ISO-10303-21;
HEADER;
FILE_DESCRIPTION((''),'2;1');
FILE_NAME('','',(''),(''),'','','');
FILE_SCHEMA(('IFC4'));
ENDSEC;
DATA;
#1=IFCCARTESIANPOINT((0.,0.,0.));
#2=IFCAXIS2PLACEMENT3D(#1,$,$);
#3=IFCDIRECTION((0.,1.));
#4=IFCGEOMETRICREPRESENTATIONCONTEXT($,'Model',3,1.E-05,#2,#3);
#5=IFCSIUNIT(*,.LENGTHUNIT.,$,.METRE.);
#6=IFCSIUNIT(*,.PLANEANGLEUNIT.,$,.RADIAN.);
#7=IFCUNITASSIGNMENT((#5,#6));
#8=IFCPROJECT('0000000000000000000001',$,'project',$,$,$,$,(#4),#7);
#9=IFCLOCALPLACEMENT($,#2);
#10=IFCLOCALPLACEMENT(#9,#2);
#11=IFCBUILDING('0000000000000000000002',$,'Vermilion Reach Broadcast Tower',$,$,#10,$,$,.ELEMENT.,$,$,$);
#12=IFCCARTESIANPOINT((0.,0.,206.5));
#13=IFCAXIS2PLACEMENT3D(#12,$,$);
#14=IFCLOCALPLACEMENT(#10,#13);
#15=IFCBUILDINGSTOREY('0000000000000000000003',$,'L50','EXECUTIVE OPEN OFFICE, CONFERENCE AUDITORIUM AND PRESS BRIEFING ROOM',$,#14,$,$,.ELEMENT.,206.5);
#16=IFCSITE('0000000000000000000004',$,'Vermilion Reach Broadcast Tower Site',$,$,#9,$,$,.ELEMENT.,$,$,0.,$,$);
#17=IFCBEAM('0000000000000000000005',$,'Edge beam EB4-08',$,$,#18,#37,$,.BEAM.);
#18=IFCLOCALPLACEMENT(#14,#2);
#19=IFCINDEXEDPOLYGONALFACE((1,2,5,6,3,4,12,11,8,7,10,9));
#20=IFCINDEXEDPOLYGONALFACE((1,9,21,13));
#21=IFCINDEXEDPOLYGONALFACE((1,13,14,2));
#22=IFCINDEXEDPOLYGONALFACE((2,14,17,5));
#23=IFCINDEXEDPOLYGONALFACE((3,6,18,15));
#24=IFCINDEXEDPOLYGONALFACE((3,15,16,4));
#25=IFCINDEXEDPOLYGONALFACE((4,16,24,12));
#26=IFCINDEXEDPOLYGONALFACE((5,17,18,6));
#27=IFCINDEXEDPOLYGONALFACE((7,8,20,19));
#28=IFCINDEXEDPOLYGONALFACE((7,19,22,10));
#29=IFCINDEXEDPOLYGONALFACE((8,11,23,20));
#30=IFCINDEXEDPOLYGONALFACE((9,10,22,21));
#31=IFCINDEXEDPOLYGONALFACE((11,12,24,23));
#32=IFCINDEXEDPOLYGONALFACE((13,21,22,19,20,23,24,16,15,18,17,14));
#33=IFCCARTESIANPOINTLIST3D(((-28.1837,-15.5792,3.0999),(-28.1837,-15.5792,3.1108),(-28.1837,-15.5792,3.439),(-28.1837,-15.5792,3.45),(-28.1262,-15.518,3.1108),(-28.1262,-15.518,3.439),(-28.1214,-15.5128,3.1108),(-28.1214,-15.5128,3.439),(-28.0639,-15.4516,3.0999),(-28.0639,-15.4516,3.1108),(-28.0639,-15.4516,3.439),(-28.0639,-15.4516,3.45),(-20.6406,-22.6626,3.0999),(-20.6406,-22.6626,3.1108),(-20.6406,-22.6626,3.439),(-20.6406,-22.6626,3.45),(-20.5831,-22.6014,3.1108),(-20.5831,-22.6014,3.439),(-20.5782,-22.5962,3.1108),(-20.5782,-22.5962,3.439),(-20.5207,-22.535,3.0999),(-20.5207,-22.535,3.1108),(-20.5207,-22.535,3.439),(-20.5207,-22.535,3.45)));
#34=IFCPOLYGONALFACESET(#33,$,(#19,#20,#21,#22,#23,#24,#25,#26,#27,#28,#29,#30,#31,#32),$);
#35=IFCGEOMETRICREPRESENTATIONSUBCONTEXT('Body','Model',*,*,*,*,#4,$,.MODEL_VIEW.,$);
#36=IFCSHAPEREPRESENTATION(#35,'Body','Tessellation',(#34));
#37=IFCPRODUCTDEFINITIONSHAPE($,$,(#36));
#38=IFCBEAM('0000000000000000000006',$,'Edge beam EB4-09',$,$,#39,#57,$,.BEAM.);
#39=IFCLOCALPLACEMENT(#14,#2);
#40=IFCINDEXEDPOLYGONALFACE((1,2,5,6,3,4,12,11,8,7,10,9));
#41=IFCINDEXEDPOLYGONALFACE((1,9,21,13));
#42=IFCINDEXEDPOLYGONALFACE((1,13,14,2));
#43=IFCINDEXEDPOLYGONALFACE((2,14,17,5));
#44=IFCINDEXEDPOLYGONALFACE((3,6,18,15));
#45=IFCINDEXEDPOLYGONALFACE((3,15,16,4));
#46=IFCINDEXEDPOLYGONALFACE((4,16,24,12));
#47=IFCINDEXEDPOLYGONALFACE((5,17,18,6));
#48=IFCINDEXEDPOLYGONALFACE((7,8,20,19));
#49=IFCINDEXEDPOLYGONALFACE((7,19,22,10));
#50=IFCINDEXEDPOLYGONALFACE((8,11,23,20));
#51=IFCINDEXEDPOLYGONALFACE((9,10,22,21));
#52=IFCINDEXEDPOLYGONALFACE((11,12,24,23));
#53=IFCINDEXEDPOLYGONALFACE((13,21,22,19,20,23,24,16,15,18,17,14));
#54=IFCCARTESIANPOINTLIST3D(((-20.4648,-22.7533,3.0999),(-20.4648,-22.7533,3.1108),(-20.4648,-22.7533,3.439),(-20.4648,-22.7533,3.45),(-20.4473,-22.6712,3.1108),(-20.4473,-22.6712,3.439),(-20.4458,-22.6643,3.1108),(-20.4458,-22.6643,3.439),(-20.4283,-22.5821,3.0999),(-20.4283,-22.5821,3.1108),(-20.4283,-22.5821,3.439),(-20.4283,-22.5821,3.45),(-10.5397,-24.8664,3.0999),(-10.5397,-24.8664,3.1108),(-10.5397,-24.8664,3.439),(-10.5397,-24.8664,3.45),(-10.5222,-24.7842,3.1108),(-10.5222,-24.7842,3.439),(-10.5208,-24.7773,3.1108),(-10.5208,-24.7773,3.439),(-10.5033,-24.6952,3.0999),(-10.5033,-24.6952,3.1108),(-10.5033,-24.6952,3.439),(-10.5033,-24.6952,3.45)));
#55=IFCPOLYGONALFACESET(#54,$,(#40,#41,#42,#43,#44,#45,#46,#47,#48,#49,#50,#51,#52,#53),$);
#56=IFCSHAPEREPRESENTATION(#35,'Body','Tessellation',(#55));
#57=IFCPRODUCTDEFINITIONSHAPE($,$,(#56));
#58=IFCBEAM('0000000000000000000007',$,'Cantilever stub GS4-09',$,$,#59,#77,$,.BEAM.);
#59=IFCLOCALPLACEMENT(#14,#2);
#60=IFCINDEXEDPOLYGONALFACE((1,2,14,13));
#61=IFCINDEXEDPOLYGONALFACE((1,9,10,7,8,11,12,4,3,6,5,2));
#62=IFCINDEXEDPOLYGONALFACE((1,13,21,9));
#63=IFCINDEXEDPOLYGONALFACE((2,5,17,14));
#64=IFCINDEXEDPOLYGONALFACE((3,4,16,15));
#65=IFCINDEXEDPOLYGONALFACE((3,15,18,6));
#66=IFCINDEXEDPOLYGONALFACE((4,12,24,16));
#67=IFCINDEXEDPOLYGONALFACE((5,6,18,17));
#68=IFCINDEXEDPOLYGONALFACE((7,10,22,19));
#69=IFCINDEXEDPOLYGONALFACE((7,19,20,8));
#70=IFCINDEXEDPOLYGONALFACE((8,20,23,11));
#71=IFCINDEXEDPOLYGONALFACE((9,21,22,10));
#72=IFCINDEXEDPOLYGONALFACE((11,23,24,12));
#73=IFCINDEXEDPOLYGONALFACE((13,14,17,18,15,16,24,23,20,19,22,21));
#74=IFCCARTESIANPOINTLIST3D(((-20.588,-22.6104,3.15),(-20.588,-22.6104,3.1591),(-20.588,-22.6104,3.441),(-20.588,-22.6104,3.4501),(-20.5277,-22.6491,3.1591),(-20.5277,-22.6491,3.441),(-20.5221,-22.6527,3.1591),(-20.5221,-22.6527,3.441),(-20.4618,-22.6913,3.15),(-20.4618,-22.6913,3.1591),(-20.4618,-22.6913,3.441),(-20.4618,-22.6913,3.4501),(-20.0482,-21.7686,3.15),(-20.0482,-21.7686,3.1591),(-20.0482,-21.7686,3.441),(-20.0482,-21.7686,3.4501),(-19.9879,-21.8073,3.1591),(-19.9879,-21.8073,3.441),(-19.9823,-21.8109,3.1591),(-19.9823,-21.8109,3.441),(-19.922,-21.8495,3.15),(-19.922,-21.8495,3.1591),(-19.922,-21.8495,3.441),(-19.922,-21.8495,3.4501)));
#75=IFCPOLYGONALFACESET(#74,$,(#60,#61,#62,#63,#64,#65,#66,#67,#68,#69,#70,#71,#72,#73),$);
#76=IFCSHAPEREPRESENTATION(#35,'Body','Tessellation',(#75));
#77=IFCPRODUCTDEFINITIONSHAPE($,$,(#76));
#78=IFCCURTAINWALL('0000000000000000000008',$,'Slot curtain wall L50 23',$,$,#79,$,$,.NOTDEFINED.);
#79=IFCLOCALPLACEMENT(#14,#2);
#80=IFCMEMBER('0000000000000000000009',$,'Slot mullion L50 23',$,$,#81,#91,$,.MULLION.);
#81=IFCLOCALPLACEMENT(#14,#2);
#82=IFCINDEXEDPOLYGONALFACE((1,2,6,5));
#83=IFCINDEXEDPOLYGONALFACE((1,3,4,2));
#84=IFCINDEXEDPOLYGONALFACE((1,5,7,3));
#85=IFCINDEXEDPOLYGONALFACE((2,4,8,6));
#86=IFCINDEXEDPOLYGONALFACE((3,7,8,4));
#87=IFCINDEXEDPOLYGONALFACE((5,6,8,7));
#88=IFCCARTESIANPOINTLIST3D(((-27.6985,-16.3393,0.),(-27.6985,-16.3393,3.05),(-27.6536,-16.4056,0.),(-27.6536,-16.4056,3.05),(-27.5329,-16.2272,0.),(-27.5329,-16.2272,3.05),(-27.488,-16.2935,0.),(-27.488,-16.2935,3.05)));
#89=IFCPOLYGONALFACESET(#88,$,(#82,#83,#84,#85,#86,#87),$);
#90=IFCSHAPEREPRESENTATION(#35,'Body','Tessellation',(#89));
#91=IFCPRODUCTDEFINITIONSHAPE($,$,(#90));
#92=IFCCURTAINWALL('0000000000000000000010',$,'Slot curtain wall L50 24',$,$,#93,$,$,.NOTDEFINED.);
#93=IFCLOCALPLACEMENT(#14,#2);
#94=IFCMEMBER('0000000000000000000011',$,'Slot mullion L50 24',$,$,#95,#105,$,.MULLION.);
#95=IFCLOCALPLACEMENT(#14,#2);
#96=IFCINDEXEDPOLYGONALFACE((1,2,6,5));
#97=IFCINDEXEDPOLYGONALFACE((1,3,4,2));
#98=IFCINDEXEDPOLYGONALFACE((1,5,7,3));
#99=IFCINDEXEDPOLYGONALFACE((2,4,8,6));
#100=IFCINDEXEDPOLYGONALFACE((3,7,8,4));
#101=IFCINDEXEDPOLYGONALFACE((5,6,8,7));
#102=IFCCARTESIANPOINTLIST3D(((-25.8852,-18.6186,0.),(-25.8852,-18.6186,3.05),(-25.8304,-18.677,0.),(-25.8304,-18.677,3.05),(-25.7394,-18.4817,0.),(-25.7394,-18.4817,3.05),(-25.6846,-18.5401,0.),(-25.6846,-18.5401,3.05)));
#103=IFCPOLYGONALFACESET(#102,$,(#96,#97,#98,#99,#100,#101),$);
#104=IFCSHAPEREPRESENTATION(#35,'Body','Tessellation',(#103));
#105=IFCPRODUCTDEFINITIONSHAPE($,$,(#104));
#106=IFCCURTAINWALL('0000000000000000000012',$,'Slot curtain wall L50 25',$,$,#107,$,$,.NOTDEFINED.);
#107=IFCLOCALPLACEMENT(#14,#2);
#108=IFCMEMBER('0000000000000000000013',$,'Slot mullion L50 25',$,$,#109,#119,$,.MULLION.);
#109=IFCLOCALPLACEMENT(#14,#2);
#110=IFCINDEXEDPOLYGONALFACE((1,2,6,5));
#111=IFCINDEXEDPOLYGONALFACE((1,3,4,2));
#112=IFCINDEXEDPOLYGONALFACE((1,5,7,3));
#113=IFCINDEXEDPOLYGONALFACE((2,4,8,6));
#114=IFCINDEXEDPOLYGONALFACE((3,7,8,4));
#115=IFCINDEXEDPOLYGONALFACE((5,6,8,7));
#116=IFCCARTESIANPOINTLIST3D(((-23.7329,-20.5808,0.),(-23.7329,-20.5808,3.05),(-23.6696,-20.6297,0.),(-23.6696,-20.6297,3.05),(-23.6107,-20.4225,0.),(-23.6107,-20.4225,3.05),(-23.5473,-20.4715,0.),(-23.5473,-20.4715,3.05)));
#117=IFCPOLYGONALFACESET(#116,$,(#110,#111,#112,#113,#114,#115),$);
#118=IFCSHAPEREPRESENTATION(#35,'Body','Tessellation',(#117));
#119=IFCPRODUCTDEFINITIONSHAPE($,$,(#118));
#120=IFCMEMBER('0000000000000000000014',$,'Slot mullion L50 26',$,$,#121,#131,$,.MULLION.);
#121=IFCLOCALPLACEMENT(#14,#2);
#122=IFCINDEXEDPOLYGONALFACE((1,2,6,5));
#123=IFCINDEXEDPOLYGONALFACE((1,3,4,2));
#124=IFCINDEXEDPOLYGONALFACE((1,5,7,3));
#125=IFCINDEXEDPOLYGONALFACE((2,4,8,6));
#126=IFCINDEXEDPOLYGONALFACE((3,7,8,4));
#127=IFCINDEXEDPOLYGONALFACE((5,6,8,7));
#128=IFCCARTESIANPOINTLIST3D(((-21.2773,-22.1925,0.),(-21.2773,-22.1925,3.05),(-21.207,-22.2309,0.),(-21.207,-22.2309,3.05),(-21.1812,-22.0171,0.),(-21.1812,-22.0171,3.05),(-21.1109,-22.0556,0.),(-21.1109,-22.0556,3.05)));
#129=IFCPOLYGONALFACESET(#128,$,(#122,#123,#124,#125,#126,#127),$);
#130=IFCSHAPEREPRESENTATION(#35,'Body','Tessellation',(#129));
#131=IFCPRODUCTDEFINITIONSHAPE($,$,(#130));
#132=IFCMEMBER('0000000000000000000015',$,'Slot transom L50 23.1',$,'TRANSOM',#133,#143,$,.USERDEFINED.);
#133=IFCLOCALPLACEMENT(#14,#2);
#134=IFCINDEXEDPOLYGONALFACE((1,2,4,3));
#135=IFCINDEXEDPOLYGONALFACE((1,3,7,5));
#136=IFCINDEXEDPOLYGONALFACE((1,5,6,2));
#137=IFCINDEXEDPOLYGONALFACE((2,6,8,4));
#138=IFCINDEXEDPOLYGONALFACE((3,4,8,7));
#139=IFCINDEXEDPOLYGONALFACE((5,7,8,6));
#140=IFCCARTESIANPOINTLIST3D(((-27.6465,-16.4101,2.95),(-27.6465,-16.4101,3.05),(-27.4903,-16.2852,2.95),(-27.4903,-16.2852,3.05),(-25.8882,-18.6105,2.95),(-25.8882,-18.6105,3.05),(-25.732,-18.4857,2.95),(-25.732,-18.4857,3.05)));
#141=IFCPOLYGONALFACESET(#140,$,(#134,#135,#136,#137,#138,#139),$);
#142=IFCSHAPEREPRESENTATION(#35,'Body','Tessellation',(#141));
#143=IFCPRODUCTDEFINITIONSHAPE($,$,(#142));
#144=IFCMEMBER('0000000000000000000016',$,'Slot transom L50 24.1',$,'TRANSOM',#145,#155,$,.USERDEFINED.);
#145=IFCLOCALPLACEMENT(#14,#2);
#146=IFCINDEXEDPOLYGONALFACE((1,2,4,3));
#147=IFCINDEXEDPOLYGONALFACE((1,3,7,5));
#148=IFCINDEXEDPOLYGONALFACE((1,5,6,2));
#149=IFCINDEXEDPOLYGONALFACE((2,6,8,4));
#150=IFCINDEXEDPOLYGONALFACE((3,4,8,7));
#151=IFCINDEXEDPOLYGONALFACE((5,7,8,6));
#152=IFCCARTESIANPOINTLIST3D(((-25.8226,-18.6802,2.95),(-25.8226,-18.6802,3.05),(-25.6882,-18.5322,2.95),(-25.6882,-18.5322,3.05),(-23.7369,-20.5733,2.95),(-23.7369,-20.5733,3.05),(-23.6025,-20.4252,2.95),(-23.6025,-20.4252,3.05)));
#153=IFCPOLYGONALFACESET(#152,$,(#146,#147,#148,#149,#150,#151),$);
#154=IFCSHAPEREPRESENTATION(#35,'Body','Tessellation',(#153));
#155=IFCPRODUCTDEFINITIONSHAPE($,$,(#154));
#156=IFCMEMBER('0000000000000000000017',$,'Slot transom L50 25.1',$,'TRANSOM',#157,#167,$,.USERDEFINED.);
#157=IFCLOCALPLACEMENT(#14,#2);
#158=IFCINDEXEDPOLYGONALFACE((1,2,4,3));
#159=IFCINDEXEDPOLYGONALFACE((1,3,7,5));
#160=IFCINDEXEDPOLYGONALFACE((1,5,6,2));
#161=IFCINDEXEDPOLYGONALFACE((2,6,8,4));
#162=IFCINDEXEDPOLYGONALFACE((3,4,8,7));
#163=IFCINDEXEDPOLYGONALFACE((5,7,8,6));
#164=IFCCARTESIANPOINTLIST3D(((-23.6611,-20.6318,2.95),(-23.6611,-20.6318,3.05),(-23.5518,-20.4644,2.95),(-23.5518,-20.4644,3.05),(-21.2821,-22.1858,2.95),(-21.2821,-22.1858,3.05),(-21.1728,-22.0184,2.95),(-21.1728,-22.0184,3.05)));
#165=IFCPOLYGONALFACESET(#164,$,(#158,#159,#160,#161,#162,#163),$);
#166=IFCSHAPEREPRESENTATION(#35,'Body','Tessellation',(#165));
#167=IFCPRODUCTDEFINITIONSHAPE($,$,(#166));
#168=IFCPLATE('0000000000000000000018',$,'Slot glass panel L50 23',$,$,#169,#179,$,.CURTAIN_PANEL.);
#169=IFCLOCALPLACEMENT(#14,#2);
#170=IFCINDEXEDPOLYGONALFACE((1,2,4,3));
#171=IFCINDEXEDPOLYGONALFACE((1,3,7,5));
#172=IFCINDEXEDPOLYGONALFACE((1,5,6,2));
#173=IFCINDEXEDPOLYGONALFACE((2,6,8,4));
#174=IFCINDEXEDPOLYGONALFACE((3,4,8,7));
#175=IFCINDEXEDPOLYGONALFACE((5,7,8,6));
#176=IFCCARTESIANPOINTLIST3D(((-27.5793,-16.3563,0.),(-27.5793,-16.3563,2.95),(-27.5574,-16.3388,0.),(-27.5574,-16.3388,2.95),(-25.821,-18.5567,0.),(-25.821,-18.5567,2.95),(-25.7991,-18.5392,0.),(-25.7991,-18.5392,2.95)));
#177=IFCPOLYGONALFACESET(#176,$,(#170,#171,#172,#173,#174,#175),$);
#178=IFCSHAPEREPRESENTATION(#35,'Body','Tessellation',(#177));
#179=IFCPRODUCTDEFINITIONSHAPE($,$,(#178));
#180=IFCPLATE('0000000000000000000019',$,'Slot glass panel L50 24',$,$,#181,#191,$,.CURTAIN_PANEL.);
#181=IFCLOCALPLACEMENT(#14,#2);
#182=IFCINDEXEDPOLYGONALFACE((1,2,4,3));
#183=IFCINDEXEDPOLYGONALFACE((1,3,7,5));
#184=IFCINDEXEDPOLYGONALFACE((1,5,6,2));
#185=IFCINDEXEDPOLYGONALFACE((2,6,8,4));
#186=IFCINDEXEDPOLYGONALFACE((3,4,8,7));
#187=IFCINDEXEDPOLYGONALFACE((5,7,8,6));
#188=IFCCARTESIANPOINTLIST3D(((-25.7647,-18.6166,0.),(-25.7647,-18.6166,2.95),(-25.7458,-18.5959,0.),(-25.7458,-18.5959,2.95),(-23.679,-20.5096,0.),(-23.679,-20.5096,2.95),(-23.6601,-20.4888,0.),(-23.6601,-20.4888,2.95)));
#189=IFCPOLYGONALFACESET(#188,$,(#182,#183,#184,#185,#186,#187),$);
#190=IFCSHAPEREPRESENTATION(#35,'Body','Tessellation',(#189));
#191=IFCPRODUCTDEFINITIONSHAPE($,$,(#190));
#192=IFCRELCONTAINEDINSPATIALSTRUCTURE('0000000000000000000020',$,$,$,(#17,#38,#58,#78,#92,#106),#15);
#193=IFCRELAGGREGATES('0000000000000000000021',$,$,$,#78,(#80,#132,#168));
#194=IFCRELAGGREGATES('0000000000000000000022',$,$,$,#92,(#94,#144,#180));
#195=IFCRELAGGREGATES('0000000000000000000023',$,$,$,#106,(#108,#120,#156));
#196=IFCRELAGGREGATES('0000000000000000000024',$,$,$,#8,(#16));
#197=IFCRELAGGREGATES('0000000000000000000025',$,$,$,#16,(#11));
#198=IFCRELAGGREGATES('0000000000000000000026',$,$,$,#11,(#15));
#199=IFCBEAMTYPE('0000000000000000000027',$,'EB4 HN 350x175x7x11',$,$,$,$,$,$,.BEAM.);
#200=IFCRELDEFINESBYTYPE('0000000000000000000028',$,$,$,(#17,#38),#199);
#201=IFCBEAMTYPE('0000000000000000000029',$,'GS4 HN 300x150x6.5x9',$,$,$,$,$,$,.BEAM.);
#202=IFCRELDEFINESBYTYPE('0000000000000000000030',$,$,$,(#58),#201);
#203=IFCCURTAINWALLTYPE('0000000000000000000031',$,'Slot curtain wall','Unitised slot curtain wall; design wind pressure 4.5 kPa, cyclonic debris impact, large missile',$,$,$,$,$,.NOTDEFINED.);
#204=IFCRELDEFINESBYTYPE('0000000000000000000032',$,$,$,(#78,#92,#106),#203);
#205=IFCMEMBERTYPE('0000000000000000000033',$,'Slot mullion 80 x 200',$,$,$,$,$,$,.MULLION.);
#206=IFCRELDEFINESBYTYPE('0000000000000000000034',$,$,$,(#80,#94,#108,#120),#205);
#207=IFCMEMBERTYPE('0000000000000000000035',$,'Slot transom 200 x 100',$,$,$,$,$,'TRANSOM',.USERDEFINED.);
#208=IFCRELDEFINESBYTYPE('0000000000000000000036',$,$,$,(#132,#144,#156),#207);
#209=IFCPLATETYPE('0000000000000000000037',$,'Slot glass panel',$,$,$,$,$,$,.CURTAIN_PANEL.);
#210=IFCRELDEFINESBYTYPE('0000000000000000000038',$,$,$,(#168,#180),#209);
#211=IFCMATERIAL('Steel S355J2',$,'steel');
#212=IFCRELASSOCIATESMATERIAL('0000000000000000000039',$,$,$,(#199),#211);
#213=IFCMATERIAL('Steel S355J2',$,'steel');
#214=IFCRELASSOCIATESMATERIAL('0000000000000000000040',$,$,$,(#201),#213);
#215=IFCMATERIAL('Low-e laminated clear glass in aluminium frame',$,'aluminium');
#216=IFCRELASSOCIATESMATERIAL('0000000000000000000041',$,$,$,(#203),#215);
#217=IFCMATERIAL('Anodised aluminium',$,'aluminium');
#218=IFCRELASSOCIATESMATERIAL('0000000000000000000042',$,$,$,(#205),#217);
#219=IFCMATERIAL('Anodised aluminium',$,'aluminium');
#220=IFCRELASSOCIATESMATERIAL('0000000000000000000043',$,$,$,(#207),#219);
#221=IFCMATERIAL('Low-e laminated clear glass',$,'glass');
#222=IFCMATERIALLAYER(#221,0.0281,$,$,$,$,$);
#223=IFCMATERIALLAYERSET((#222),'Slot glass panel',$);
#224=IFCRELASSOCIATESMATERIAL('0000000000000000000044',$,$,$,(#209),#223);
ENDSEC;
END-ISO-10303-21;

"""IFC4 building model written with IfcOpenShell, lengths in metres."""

from ifc_helpers import new_model, si_unit, direction, frame, origin, origin_2d, place, context, subcontext, project, spatial, rectangle, i_section, extrude, material, layer, layer_set, material_profile, profile_set, type_object, element, aggregate, save


model = new_model("IFC4")

# Units and contexts
model_context = context("Model", 3, precision=1e-05, world=origin(), true_north=direction((0.0, 1.0)))
body_context = subcontext(model_context, "Body", "Model", "MODEL_VIEW")
ifc_project = project(units=[si_unit("LENGTHUNIT", "METRE"), si_unit("PLANEANGLEUNIT", "RADIAN")], contexts=[model_context])

# Site, building, storey
site_placement = place(None, origin())
site = spatial("IfcSite", under=ifc_project, at=site_placement, Name="Vermilion Reach Broadcast Tower Site", CompositionType="ELEMENT", RefElevation=0.0)
building_placement = place(site_placement, origin())
building = spatial("IfcBuilding", under=site, at=building_placement, Name="Vermilion Reach Broadcast Tower", CompositionType="ELEMENT")
storey_placement = place(building_placement, frame((0.0, 0.0, 206.5)))
storey = spatial("IfcBuildingStorey", under=building, at=storey_placement, Name="L50", Description="EXECUTIVE OPEN OFFICE, CONFERENCE AUDITORIUM AND PRESS BRIEFING ROOM", CompositionType="ELEMENT", Elevation=206.5)

# Beams
ifc_material_1 = material(Name="Steel S355J2", Category="steel")
ifc_material_profile_1 = material_profile(ifc_material_1, i_section(OverallWidth=0.175, OverallDepth=0.3501, WebThickness=0.0071, FlangeThickness=0.011, at=origin_2d()), Name="S355J2 HN 350x175x7x11")
ifc_profile_set_1 = profile_set([ifc_material_profile_1], Name="Steel S355J2")
beam_type_1 = type_object("IfcBeamType", Name="EB4 HN 350x175x7x11", PredefinedType="BEAM", material=ifc_profile_set_1)
beam_1_placement = place(storey_placement, frame((-28.1238, -15.5154, 3.2749), z_axis=(0.728971, -0.684544, 0.0), x_axis=(0.684544, 0.728971, 0.0)))
element("IfcBeam", 1, at=beam_1_placement, inside=storey, type_object=beam_type_1, Name="Edge beam EB4-08", PredefinedType="BEAM", context=body_context, shape_type="SweptSolid", body=[
    extrude(i_section(OverallWidth=0.175, OverallDepth=0.3501, WebThickness=0.0071, FlangeThickness=0.011, at=origin_2d()), origin(), (0.0, 0.0, 1.0), 10.3477),
])
beam_2_placement = place(storey_placement, frame((-20.4465, -22.6677, 3.2749), z_axis=(0.978079, -0.208233, 0.0), x_axis=(0.208233, 0.978079, 0.0)))
element("IfcBeam", 2, at=beam_2_placement, inside=storey, type_object=beam_type_1, Name="Edge beam EB4-09", PredefinedType="BEAM", context=body_context, shape_type="SweptSolid", body=[
    extrude(i_section(OverallWidth=0.175, OverallDepth=0.3501, WebThickness=0.0071, FlangeThickness=0.011, at=origin_2d()), origin(), (0.0, 0.0, 1.0), 10.1475),
])
ifc_material_2 = material(Name="Steel S355J2", Category="steel")
ifc_material_profile_2 = material_profile(ifc_material_2, i_section(OverallWidth=0.1499, OverallDepth=0.3, WebThickness=0.0066, FlangeThickness=0.009, at=origin_2d()), Name="S355J2 HN 300x150x6.5x9")
ifc_profile_set_2 = profile_set([ifc_material_profile_2], Name="Steel S355J2")
beam_type_2 = type_object("IfcBeamType", Name="GS4 HN 300x150x6.5x9", PredefinedType="BEAM", material=ifc_profile_set_2)
beam_3_placement = place(storey_placement, frame((-19.9851, -21.8091, 3.3), z_axis=(-0.539795, -0.841797, 0.0), x_axis=(0.841797, -0.539795, 0.0)))
element("IfcBeam", 3, at=beam_3_placement, inside=storey, type_object=beam_type_2, Name="Cantilever stub GS4-09", PredefinedType="BEAM", context=body_context, shape_type="SweptSolid", body=[
    extrude(i_section(OverallWidth=0.1499, OverallDepth=0.3, WebThickness=0.0066, FlangeThickness=0.009, at=origin_2d()), origin(), (0.0, 0.0, 1.0), 1.0),
])

# Curtain walls, members
ifc_material_3 = material(Name="Low-e laminated clear glass in aluminium frame", Category="aluminium")
curtain_wall_type = type_object("IfcCurtainWallType", Name="Slot curtain wall", Description="Unitised slot curtain wall; design wind pressure 4.5 kPa, cyclonic debris impact, large missile", PredefinedType="NOTDEFINED", material=ifc_material_3)
placement = place(storey_placement, origin())
curtain_wall_1 = element("IfcCurtainWall", 4, at=placement, inside=storey, type_object=curtain_wall_type, Name="Slot curtain wall L50 23", PredefinedType="NOTDEFINED")
ifc_material_4 = material(Name="Anodised aluminium", Category="aluminium")
ifc_material_profile_3 = material_profile(ifc_material_4, rectangle(XDim=0.2, YDim=0.0801, at=origin_2d()), Name="Slot mullion 80 x 200")
ifc_profile_set_3 = profile_set([ifc_material_profile_3], Name="Anodised aluminium")
member_type_1 = type_object("IfcMemberType", Name="Slot mullion 80 x 200", PredefinedType="MULLION", material=ifc_profile_set_3)
member_1_placement = place(storey_placement, frame((-27.5933, -16.3164, 0.0), z_axis=(0.0, 0.0, 1.0), x_axis=(0.828147, 0.560511, 0.0)))
member_1 = element("IfcMember", 5, at=member_1_placement, type_object=member_type_1, Name="Slot mullion L50 23", PredefinedType="MULLION", context=body_context, shape_type="SweptSolid", body=[
    extrude(rectangle(XDim=0.2, YDim=0.0801, at=origin_2d()), origin(), (0.0, 0.0, 1.0), 3.05),
])
curtain_wall_2 = element("IfcCurtainWall", 6, at=placement, inside=storey, type_object=curtain_wall_type, Name="Slot curtain wall L50 24", PredefinedType="NOTDEFINED")
member_2_placement = place(storey_placement, frame((-25.7849, -18.5793, 0.0), z_axis=(0.0, 0.0, 1.0), x_axis=(0.728969, 0.684547, 0.0)))
member_2 = element("IfcMember", 7, at=member_2_placement, type_object=member_type_1, Name="Slot mullion L50 24", PredefinedType="MULLION", context=body_context, shape_type="SweptSolid", body=[
    extrude(rectangle(XDim=0.2, YDim=0.0801, at=origin_2d()), origin(), (0.0, 0.0, 1.0), 3.05),
])

# Curtain wall, members
curtain_wall_3 = element("IfcCurtainWall", 8, at=placement, inside=storey, type_object=curtain_wall_type, Name="Slot curtain wall L50 25", PredefinedType="NOTDEFINED")
member_3_placement = place(storey_placement, frame((-23.6401, -20.5261, 0.0), z_axis=(0.0, 0.0, 1.0), x_axis=(0.611404, 0.791318, 0.0)))
member_3 = element("IfcMember", 9, at=member_3_placement, type_object=member_type_1, Name="Slot mullion L50 25", PredefinedType="MULLION", context=body_context, shape_type="SweptSolid", body=[
    extrude(rectangle(XDim=0.2, YDim=0.0801, at=origin_2d()), origin(), (0.0, 0.0, 1.0), 3.05),
])
member_4_placement = place(storey_placement, frame((-21.1941, -22.124, 0.0), z_axis=(0.0, 0.0, 1.0), x_axis=(0.48063, 0.876924, 0.0)))
member_4 = element("IfcMember", 10, at=member_4_placement, type_object=member_type_1, Name="Slot mullion L50 26", PredefinedType="MULLION", context=body_context, shape_type="SweptSolid", body=[
    extrude(rectangle(XDim=0.2, YDim=0.0801, at=origin_2d()), origin(), (0.0, 0.0, 1.0), 3.05),
])

# Members
ifc_material_5 = material(Name="Anodised aluminium", Category="aluminium")
ifc_material_profile_4 = material_profile(ifc_material_5, rectangle(XDim=0.2, YDim=0.1001, at=origin_2d()), Name="Slot transom 200 x 100")
ifc_profile_set_4 = profile_set([ifc_material_profile_4], Name="Anodised aluminium")
member_type_2 = type_object("IfcMemberType", Name="Slot transom 200 x 100", ElementType="TRANSOM", PredefinedType="USERDEFINED", material=ifc_profile_set_4)
member_5_placement = place(storey_placement, frame((-27.5684, -16.3477, 3.0), z_axis=(0.624251, -0.781224, 0.0), x_axis=(0.781224, 0.624251, 0.0)))
member_5 = element("IfcMember", 11, at=member_5_placement, type_object=member_type_2, Name="Slot transom L50 23.1", ObjectType="TRANSOM", PredefinedType="USERDEFINED", context=body_context, shape_type="SweptSolid", body=[
    extrude(rectangle(XDim=0.2, YDim=0.1001, at=origin_2d()), origin(), (0.0, 0.0, 1.0), 2.8167),
])
member_6_placement = place(storey_placement, frame((-25.7554, -18.6062, 3.0), z_axis=(0.740473, -0.672086, 0.0), x_axis=(0.672086, 0.740473, 0.0)))
member_6 = element("IfcMember", 12, at=member_6_placement, type_object=member_type_2, Name="Slot transom L50 24.1", ObjectType="TRANSOM", PredefinedType="USERDEFINED", context=body_context, shape_type="SweptSolid", body=[
    extrude(rectangle(XDim=0.2, YDim=0.1001, at=origin_2d()), origin(), (0.0, 0.0, 1.0), 2.8167),
])
member_7_placement = place(storey_placement, frame((-23.6064, -20.5481, 3.0), z_axis=(0.837209, -0.546884, 0.0), x_axis=(0.546884, 0.837209, 0.0)))
member_7 = element("IfcMember", 13, at=member_7_placement, type_object=member_type_2, Name="Slot transom L50 25.1", ObjectType="TRANSOM", PredefinedType="USERDEFINED", context=body_context, shape_type="SweptSolid", body=[
    extrude(rectangle(XDim=0.2, YDim=0.1001, at=origin_2d()), origin(), (0.0, 0.0, 1.0), 2.8416),
])

# Plates
ifc_material_6 = material(Name="Low-e laminated clear glass", Category="glass")
ifc_layer_1 = layer(ifc_material_6, 0.0281)
ifc_layer_set_1 = layer_set([ifc_layer_1], Name="Slot glass panel")
plate_type = type_object("IfcPlateType", Name="Slot glass panel", PredefinedType="CURTAIN_PANEL", material=ifc_layer_set_1)
plate_1_placement = place(storey_placement, frame((-26.6892, -17.4478, 0.0), z_axis=(0.0, 0.0, 1.0), x_axis=(0.624245, -0.781229, 0.0)))
plate_1 = element("IfcPlate", 14, at=plate_1_placement, type_object=plate_type, Name="Slot glass panel L50 23", PredefinedType="CURTAIN_PANEL", context=body_context, shape_type="SweptSolid", body=[
    extrude(rectangle(XDim=2.8167, YDim=0.0281, at=origin_2d()), origin(), (0.0, 0.0, 1.0), 2.95),
])
aggregate(curtain_wall_1, [member_1, member_5, plate_1])
plate_2_placement = place(storey_placement, frame((-24.7124, -19.5527, 0.0), z_axis=(0.0, 0.0, 1.0), x_axis=(0.740491, -0.672067, 0.0)))
plate_2 = element("IfcPlate", 15, at=plate_2_placement, type_object=plate_type, Name="Slot glass panel L50 24", PredefinedType="CURTAIN_PANEL", context=body_context, shape_type="SweptSolid", body=[
    extrude(rectangle(XDim=2.8167, YDim=0.0281, at=origin_2d()), origin(), (0.0, 0.0, 1.0), 2.95),
])
aggregate(curtain_wall_2, [member_2, member_6, plate_2])
aggregate(curtain_wall_3, [member_3, member_4, member_7])

save(model, "model.ifc")
